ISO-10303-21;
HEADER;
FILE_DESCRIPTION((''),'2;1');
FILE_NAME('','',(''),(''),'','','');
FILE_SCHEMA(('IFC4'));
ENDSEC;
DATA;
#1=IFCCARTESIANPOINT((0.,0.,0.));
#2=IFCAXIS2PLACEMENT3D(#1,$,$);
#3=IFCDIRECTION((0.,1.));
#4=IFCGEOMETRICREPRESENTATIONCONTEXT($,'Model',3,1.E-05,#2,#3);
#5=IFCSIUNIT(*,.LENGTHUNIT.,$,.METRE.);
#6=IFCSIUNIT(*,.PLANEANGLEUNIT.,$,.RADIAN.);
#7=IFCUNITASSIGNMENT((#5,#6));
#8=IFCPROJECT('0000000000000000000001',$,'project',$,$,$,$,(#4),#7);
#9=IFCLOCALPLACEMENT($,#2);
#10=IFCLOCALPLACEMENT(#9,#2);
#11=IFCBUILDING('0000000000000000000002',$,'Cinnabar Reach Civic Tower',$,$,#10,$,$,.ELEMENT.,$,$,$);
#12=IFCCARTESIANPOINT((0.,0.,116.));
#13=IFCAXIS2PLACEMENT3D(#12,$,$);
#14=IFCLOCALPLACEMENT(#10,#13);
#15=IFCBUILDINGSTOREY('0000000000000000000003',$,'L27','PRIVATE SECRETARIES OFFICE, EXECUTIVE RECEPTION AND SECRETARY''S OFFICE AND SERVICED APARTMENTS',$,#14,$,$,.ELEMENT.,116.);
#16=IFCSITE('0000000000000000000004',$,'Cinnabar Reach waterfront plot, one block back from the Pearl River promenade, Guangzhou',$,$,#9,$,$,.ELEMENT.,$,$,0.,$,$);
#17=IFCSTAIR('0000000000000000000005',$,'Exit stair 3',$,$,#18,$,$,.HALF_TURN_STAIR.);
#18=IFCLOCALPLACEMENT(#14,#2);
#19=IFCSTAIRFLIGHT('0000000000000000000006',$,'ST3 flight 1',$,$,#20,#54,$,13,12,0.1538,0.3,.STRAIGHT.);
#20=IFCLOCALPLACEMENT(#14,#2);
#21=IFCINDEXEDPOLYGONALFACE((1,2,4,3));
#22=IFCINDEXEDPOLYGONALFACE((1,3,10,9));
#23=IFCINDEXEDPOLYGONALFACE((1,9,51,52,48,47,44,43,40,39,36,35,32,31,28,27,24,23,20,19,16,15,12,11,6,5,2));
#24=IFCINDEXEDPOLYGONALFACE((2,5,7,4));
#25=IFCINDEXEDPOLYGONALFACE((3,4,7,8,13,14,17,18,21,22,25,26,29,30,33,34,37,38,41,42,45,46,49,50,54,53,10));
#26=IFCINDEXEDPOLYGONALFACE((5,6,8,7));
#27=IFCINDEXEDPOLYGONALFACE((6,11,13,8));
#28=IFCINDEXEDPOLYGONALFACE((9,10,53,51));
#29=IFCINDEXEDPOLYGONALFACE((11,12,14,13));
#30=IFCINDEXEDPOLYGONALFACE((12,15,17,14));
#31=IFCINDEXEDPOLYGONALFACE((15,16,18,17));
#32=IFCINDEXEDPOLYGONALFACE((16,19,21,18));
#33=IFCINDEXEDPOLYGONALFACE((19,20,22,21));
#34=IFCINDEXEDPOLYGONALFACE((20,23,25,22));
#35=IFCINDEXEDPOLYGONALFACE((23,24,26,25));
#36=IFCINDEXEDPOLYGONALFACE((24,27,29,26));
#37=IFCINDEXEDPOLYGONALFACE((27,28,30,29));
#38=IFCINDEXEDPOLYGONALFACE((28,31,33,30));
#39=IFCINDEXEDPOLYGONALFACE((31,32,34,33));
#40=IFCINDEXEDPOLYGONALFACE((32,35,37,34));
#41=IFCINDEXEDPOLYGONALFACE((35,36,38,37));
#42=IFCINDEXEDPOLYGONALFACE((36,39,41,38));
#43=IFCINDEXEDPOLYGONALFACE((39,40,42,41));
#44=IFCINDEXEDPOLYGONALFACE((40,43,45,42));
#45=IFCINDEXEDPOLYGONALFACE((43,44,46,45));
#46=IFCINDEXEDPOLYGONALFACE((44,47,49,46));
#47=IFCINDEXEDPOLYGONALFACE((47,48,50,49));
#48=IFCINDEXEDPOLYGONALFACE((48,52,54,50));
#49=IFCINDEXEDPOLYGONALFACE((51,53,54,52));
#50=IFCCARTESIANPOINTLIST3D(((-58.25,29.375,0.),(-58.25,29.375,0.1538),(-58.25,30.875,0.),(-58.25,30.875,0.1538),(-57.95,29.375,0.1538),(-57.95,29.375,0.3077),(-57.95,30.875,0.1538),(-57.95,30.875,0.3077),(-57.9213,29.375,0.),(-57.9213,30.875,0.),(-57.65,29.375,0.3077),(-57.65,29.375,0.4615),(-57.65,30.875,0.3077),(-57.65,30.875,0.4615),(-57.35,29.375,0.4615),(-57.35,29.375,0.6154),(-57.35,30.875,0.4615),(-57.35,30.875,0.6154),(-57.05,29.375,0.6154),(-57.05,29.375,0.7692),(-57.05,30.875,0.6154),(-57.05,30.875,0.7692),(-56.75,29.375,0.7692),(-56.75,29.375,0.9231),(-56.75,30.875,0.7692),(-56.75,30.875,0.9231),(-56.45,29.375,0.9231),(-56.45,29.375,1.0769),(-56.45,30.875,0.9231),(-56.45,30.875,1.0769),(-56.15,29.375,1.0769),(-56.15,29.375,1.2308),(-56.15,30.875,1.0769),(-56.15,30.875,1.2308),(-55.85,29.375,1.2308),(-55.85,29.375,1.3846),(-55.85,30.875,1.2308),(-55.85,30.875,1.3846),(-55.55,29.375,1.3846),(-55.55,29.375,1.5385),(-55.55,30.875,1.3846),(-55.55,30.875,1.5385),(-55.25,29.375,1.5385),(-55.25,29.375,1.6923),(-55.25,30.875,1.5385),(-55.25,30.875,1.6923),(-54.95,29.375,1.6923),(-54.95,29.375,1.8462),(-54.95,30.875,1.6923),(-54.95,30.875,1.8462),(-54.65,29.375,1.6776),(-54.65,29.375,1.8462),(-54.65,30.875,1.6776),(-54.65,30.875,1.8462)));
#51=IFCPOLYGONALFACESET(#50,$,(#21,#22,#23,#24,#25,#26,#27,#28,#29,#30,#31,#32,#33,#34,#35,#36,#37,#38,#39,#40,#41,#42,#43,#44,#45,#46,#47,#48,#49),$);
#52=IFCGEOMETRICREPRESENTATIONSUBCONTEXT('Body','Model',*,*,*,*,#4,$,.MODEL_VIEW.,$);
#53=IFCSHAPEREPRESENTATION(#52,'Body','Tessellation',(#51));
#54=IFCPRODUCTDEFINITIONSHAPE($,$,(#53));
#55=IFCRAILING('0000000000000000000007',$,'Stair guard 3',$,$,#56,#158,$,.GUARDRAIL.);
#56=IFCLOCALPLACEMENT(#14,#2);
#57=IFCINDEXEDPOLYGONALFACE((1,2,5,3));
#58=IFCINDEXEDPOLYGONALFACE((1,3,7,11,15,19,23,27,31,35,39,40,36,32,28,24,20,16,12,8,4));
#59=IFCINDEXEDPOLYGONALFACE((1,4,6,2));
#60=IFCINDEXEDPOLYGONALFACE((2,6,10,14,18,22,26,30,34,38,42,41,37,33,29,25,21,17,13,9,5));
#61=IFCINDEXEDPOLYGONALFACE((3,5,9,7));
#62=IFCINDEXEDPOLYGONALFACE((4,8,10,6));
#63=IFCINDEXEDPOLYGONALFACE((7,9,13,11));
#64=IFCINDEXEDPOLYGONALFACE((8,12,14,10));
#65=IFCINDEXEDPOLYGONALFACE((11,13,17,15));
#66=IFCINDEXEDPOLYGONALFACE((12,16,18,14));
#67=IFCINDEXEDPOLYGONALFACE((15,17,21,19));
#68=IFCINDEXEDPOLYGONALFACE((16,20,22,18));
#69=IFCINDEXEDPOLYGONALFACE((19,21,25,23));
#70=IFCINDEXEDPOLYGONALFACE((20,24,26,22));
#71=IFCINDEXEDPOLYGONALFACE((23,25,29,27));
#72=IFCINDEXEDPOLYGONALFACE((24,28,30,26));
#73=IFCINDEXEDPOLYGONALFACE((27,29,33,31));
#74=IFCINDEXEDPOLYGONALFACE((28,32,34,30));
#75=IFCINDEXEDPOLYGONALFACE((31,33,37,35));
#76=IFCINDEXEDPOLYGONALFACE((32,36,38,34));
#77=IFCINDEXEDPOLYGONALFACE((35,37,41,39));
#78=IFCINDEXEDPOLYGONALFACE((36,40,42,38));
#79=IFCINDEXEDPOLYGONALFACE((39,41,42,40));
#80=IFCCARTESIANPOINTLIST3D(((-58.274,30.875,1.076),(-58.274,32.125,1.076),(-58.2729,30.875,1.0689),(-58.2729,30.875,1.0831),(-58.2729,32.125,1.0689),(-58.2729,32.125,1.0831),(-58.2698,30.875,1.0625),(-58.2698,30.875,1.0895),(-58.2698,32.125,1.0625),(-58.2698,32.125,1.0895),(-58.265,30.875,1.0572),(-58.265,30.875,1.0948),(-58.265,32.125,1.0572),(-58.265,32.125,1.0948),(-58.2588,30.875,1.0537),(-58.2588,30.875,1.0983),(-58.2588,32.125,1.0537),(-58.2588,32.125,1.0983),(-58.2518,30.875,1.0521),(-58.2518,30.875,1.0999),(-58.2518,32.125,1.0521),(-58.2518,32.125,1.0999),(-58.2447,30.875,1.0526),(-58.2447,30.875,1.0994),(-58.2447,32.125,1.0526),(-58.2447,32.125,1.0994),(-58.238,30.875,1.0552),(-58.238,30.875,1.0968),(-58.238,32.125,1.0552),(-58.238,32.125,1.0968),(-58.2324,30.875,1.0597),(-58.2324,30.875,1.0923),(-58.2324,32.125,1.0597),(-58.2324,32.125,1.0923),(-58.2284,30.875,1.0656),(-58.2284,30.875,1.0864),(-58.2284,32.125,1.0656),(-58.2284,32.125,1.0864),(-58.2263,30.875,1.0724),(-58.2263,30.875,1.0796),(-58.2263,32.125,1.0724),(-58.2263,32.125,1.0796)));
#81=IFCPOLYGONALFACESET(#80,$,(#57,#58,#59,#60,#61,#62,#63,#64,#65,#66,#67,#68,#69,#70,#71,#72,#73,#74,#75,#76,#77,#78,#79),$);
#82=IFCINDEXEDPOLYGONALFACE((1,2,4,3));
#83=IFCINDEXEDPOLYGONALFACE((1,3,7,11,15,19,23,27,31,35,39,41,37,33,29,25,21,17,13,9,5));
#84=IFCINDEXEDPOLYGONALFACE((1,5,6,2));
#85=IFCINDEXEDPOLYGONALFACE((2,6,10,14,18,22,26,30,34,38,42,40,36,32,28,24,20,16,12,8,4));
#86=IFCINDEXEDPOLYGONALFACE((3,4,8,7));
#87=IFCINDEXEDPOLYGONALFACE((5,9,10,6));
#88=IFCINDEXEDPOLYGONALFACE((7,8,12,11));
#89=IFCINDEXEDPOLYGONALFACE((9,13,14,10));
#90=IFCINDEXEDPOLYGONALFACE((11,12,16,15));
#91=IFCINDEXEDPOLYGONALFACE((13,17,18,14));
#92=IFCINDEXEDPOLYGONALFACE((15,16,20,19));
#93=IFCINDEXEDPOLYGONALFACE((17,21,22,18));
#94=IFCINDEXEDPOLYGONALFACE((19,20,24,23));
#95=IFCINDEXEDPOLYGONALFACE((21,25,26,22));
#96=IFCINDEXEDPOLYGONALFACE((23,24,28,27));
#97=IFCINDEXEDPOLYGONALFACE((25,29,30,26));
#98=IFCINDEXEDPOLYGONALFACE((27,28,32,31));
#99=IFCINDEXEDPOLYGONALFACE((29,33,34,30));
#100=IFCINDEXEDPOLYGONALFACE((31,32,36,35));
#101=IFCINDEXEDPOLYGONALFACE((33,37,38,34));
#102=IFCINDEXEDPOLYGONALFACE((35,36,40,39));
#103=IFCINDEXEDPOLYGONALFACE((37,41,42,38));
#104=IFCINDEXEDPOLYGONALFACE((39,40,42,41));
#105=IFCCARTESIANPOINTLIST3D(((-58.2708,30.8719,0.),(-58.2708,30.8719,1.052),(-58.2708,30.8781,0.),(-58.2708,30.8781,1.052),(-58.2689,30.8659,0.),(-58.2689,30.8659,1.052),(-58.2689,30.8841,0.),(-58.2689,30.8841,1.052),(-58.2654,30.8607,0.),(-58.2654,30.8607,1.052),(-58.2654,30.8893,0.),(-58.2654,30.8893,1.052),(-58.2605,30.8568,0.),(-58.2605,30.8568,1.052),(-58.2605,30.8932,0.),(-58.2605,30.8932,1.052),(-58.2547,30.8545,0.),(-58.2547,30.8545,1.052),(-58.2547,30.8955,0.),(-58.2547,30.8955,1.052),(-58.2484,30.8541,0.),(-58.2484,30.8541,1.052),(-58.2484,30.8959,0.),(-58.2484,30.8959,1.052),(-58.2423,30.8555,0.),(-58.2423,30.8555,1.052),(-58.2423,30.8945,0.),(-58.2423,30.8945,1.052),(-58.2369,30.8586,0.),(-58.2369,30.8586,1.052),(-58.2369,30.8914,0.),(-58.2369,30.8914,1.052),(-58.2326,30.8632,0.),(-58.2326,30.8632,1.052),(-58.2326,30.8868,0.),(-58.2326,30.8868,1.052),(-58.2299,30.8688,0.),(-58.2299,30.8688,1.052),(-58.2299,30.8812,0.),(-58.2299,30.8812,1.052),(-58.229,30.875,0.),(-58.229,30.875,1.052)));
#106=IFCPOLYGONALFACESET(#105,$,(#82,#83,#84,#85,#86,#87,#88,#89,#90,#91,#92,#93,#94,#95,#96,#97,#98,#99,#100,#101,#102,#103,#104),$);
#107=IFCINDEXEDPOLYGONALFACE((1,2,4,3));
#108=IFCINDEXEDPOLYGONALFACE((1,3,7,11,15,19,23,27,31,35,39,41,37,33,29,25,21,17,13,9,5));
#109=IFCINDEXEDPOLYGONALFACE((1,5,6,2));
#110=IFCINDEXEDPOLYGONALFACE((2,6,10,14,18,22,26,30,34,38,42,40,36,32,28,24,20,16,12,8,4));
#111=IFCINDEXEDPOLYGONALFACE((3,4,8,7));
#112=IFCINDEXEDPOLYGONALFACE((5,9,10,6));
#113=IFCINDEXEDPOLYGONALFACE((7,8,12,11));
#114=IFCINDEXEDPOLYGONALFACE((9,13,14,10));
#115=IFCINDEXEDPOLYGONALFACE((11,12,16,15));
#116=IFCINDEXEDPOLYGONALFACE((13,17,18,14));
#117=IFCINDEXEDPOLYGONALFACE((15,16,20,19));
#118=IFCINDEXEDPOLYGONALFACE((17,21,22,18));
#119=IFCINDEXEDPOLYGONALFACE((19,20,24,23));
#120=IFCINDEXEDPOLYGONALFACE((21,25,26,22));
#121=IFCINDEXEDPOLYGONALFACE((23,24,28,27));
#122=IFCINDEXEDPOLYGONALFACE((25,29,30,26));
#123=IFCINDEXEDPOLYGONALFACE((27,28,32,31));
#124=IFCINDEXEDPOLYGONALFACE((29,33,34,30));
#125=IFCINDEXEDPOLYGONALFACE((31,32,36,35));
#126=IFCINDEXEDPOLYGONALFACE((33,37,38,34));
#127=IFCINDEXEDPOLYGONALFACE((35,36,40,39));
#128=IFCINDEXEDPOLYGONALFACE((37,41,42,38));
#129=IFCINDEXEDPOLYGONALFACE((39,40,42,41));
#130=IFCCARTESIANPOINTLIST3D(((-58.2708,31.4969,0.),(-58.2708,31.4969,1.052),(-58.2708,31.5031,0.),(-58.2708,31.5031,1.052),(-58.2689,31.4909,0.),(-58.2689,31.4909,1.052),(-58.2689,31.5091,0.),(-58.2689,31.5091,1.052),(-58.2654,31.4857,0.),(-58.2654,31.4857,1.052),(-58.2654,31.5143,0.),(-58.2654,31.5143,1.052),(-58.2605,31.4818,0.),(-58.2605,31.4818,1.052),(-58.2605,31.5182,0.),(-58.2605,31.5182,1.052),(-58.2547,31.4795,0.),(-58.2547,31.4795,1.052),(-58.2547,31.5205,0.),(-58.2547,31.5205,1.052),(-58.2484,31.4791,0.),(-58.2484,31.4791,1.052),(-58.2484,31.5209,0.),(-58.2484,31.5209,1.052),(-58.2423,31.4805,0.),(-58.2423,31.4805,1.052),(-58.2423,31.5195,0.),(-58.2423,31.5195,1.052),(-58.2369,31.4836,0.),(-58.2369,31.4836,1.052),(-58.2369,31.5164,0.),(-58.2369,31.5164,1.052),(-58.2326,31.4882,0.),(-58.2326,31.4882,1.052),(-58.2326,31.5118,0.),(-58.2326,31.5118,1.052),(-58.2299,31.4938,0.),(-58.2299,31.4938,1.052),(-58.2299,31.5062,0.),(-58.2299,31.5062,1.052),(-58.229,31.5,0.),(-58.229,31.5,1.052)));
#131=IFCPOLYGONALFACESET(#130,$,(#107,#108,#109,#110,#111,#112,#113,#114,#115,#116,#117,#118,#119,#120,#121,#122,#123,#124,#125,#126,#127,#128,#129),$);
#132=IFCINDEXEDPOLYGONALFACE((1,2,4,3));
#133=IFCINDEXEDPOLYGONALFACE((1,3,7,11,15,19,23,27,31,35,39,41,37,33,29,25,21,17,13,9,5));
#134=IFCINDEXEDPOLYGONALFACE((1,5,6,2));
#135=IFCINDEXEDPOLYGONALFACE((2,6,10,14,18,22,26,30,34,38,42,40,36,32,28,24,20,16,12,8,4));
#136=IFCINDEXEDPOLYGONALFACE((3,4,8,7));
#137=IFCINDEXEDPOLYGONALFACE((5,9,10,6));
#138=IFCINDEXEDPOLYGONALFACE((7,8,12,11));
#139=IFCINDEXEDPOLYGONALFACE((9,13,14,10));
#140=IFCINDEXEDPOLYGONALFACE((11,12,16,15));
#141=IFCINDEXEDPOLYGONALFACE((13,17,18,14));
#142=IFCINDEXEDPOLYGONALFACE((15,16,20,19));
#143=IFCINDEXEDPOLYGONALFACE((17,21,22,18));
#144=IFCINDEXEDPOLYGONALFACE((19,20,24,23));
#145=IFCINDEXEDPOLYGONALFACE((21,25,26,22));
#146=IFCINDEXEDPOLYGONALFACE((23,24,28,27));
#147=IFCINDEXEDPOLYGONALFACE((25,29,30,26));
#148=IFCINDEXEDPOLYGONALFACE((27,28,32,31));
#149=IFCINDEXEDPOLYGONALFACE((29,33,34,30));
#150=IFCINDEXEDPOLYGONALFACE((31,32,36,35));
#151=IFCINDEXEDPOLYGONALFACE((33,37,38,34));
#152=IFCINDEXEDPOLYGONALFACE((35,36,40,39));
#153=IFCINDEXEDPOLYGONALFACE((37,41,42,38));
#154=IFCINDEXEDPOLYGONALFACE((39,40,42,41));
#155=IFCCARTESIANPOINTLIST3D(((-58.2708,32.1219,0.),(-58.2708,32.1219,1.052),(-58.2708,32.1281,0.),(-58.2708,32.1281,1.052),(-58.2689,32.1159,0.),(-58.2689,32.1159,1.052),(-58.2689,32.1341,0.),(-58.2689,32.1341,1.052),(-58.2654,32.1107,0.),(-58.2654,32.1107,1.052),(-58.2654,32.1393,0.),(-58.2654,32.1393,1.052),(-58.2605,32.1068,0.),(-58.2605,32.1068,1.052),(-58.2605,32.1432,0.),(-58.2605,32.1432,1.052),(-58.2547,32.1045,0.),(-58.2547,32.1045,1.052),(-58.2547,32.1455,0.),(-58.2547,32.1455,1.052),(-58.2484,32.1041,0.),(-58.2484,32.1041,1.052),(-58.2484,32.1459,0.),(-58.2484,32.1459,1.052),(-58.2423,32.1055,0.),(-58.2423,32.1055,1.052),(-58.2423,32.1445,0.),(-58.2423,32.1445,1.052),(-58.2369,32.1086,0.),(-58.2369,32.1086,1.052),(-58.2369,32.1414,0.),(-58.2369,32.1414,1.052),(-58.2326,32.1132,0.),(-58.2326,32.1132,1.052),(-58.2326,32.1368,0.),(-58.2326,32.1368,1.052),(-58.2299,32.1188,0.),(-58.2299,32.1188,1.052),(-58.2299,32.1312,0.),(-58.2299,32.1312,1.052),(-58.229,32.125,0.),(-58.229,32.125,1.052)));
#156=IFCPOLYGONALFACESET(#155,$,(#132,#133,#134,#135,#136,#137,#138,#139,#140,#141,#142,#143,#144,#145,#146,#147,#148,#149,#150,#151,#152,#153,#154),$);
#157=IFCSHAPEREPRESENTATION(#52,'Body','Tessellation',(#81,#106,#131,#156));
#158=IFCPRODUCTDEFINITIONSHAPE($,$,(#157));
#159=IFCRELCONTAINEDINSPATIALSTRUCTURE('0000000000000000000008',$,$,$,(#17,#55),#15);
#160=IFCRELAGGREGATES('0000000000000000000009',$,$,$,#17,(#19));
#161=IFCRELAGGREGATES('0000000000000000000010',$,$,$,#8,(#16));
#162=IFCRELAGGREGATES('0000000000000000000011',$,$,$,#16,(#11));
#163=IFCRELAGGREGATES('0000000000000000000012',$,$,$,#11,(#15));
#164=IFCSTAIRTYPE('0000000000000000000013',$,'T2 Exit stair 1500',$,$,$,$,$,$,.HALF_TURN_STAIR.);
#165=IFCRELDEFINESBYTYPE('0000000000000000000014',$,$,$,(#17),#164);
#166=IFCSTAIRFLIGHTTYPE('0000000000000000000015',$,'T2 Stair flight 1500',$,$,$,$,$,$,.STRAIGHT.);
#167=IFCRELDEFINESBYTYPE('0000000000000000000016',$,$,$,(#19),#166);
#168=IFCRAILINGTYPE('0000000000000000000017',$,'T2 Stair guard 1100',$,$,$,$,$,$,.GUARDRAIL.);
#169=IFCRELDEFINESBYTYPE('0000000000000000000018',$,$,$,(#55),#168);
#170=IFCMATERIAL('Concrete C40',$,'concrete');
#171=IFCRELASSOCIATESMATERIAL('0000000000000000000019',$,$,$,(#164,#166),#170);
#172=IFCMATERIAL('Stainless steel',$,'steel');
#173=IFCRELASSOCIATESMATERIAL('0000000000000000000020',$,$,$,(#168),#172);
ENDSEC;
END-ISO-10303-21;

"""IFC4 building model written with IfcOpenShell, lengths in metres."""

from ifc_helpers import new_model, si_unit, direction, frame, origin, origin_2d, place, context, subcontext, project, spatial, polyline, circle, outline, extrude, material, type_object, element, aggregate, save


model = new_model("IFC4")

# Units and contexts
model_context = context("Model", 3, precision=1e-05, world=origin(), true_north=direction((0.0, 1.0)))
body_context = subcontext(model_context, "Body", "Model", "MODEL_VIEW")
ifc_project = project(units=[si_unit("LENGTHUNIT", "METRE"), si_unit("PLANEANGLEUNIT", "RADIAN")], contexts=[model_context])

# Site, building, storey
site_placement = place(None, origin())
site = spatial("IfcSite", under=ifc_project, at=site_placement, Name="Cinnabar Reach waterfront plot, one block back from the Pearl River promenade, Guangzhou", CompositionType="ELEMENT", RefElevation=0.0)
building_placement = place(site_placement, origin())
building = spatial("IfcBuilding", under=site, at=building_placement, Name="Cinnabar Reach Civic Tower", CompositionType="ELEMENT")
storey_placement = place(building_placement, frame((0.0, 0.0, 116.0)))
storey = spatial("IfcBuildingStorey", under=building, at=storey_placement, Name="L27", Description="PRIVATE SECRETARIES OFFICE, EXECUTIVE RECEPTION AND SECRETARY'S OFFICE AND SERVICED APARTMENTS", CompositionType="ELEMENT", Elevation=116.0)

# Stair, stair flight
ifc_material_1 = material(Name="Concrete C40", Category="concrete")
stair_type = type_object("IfcStairType", Name="T2 Exit stair 1500", PredefinedType="HALF_TURN_STAIR", material=ifc_material_1)
stair_placement = place(storey_placement, origin())
stair = element("IfcStair", 1, at=stair_placement, inside=storey, type_object=stair_type, Name="Exit stair 3", PredefinedType="HALF_TURN_STAIR")
stair_flight_type = type_object("IfcStairFlightType", Name="T2 Stair flight 1500", PredefinedType="STRAIGHT", material=ifc_material_1)
stair_flight_placement = place(storey_placement, frame((-58.25, 30.125, 0.0), z_axis=(0.0, 0.0, 1.0), x_axis=(1.0, 0.0, 0.0)))
stair_flight = element("IfcStairFlight", 2, at=stair_flight_placement, type_object=stair_flight_type, Name="ST3 flight 1", NumberOfRisers=13, NumberOfTreads=12, PredefinedType="STRAIGHT", RiserHeight=0.1538, TreadLength=0.3, context=body_context, shape_type="SweptSolid", body=[
    extrude(outline(polyline([(0.0, 0.0), (0.0, 0.1538), (0.3, 0.1538), (0.3, 0.3077), (0.6, 0.3077), (0.6, 0.4615), (0.9, 0.4615), (0.9, 0.6154), (1.2, 0.6154), (1.2, 0.7692), (1.5, 0.7692), (1.5, 0.9231), (1.8, 0.9231), (1.8, 1.0769), (2.1, 1.0769), (2.1, 1.2308), (2.4, 1.2308), (2.4, 1.3846), (2.7, 1.3846), (2.7, 1.5385), (3.0, 1.5385), (3.0, 1.6923), (3.3, 1.6923), (3.3, 1.8462), (3.6, 1.8462), (3.6, 2.0), (3.6, 1.6776), (0.3287, 0.0), (0.0, 0.0)])), frame((0.0, 0.75, 0.0), z_axis=(0.0, -1.0, 0.0), x_axis=(1.0, 0.0, 0.0)), (0.0, 0.0, 1.0), 1.5),
])
aggregate(stair, [stair_flight])

# Railing
ifc_material_2 = material(Name="Stainless steel", Category="steel")
railing_type = type_object("IfcRailingType", Name="T2 Stair guard 1100", PredefinedType="GUARDRAIL", material=ifc_material_2)
for number, where, name in (
    (3, (-58.25, 30.875, 0.0), "Stair guard 3"),
):
    element("IfcRailing", number, at=place(storey_placement, frame(where)), inside=storey, type_object=railing_type, Name=name, PredefinedType="GUARDRAIL", context=body_context, shape_type="SweptSolid", body=[
        extrude(circle(Radius=0.024, at=origin_2d()), frame((0.0, 0.0, 1.076), z_axis=(0.0, 1.0, 0.0), x_axis=(-1.0, 0.0, 0.0)), (0.0, 0.0, 1.0), 1.25),
        extrude(circle(Radius=0.021, at=origin_2d()), origin(), (0.0, 0.0, 1.0), 1.052),
        extrude(circle(Radius=0.021, at=origin_2d()), frame((0.0, 0.625, 0.0)), (0.0, 0.0, 1.0), 1.052),
        extrude(circle(Radius=0.021, at=origin_2d()), frame((0.0, 1.25, 0.0)), (0.0, 0.0, 1.0), 1.052),
    ])

save(model, "model.ifc")
